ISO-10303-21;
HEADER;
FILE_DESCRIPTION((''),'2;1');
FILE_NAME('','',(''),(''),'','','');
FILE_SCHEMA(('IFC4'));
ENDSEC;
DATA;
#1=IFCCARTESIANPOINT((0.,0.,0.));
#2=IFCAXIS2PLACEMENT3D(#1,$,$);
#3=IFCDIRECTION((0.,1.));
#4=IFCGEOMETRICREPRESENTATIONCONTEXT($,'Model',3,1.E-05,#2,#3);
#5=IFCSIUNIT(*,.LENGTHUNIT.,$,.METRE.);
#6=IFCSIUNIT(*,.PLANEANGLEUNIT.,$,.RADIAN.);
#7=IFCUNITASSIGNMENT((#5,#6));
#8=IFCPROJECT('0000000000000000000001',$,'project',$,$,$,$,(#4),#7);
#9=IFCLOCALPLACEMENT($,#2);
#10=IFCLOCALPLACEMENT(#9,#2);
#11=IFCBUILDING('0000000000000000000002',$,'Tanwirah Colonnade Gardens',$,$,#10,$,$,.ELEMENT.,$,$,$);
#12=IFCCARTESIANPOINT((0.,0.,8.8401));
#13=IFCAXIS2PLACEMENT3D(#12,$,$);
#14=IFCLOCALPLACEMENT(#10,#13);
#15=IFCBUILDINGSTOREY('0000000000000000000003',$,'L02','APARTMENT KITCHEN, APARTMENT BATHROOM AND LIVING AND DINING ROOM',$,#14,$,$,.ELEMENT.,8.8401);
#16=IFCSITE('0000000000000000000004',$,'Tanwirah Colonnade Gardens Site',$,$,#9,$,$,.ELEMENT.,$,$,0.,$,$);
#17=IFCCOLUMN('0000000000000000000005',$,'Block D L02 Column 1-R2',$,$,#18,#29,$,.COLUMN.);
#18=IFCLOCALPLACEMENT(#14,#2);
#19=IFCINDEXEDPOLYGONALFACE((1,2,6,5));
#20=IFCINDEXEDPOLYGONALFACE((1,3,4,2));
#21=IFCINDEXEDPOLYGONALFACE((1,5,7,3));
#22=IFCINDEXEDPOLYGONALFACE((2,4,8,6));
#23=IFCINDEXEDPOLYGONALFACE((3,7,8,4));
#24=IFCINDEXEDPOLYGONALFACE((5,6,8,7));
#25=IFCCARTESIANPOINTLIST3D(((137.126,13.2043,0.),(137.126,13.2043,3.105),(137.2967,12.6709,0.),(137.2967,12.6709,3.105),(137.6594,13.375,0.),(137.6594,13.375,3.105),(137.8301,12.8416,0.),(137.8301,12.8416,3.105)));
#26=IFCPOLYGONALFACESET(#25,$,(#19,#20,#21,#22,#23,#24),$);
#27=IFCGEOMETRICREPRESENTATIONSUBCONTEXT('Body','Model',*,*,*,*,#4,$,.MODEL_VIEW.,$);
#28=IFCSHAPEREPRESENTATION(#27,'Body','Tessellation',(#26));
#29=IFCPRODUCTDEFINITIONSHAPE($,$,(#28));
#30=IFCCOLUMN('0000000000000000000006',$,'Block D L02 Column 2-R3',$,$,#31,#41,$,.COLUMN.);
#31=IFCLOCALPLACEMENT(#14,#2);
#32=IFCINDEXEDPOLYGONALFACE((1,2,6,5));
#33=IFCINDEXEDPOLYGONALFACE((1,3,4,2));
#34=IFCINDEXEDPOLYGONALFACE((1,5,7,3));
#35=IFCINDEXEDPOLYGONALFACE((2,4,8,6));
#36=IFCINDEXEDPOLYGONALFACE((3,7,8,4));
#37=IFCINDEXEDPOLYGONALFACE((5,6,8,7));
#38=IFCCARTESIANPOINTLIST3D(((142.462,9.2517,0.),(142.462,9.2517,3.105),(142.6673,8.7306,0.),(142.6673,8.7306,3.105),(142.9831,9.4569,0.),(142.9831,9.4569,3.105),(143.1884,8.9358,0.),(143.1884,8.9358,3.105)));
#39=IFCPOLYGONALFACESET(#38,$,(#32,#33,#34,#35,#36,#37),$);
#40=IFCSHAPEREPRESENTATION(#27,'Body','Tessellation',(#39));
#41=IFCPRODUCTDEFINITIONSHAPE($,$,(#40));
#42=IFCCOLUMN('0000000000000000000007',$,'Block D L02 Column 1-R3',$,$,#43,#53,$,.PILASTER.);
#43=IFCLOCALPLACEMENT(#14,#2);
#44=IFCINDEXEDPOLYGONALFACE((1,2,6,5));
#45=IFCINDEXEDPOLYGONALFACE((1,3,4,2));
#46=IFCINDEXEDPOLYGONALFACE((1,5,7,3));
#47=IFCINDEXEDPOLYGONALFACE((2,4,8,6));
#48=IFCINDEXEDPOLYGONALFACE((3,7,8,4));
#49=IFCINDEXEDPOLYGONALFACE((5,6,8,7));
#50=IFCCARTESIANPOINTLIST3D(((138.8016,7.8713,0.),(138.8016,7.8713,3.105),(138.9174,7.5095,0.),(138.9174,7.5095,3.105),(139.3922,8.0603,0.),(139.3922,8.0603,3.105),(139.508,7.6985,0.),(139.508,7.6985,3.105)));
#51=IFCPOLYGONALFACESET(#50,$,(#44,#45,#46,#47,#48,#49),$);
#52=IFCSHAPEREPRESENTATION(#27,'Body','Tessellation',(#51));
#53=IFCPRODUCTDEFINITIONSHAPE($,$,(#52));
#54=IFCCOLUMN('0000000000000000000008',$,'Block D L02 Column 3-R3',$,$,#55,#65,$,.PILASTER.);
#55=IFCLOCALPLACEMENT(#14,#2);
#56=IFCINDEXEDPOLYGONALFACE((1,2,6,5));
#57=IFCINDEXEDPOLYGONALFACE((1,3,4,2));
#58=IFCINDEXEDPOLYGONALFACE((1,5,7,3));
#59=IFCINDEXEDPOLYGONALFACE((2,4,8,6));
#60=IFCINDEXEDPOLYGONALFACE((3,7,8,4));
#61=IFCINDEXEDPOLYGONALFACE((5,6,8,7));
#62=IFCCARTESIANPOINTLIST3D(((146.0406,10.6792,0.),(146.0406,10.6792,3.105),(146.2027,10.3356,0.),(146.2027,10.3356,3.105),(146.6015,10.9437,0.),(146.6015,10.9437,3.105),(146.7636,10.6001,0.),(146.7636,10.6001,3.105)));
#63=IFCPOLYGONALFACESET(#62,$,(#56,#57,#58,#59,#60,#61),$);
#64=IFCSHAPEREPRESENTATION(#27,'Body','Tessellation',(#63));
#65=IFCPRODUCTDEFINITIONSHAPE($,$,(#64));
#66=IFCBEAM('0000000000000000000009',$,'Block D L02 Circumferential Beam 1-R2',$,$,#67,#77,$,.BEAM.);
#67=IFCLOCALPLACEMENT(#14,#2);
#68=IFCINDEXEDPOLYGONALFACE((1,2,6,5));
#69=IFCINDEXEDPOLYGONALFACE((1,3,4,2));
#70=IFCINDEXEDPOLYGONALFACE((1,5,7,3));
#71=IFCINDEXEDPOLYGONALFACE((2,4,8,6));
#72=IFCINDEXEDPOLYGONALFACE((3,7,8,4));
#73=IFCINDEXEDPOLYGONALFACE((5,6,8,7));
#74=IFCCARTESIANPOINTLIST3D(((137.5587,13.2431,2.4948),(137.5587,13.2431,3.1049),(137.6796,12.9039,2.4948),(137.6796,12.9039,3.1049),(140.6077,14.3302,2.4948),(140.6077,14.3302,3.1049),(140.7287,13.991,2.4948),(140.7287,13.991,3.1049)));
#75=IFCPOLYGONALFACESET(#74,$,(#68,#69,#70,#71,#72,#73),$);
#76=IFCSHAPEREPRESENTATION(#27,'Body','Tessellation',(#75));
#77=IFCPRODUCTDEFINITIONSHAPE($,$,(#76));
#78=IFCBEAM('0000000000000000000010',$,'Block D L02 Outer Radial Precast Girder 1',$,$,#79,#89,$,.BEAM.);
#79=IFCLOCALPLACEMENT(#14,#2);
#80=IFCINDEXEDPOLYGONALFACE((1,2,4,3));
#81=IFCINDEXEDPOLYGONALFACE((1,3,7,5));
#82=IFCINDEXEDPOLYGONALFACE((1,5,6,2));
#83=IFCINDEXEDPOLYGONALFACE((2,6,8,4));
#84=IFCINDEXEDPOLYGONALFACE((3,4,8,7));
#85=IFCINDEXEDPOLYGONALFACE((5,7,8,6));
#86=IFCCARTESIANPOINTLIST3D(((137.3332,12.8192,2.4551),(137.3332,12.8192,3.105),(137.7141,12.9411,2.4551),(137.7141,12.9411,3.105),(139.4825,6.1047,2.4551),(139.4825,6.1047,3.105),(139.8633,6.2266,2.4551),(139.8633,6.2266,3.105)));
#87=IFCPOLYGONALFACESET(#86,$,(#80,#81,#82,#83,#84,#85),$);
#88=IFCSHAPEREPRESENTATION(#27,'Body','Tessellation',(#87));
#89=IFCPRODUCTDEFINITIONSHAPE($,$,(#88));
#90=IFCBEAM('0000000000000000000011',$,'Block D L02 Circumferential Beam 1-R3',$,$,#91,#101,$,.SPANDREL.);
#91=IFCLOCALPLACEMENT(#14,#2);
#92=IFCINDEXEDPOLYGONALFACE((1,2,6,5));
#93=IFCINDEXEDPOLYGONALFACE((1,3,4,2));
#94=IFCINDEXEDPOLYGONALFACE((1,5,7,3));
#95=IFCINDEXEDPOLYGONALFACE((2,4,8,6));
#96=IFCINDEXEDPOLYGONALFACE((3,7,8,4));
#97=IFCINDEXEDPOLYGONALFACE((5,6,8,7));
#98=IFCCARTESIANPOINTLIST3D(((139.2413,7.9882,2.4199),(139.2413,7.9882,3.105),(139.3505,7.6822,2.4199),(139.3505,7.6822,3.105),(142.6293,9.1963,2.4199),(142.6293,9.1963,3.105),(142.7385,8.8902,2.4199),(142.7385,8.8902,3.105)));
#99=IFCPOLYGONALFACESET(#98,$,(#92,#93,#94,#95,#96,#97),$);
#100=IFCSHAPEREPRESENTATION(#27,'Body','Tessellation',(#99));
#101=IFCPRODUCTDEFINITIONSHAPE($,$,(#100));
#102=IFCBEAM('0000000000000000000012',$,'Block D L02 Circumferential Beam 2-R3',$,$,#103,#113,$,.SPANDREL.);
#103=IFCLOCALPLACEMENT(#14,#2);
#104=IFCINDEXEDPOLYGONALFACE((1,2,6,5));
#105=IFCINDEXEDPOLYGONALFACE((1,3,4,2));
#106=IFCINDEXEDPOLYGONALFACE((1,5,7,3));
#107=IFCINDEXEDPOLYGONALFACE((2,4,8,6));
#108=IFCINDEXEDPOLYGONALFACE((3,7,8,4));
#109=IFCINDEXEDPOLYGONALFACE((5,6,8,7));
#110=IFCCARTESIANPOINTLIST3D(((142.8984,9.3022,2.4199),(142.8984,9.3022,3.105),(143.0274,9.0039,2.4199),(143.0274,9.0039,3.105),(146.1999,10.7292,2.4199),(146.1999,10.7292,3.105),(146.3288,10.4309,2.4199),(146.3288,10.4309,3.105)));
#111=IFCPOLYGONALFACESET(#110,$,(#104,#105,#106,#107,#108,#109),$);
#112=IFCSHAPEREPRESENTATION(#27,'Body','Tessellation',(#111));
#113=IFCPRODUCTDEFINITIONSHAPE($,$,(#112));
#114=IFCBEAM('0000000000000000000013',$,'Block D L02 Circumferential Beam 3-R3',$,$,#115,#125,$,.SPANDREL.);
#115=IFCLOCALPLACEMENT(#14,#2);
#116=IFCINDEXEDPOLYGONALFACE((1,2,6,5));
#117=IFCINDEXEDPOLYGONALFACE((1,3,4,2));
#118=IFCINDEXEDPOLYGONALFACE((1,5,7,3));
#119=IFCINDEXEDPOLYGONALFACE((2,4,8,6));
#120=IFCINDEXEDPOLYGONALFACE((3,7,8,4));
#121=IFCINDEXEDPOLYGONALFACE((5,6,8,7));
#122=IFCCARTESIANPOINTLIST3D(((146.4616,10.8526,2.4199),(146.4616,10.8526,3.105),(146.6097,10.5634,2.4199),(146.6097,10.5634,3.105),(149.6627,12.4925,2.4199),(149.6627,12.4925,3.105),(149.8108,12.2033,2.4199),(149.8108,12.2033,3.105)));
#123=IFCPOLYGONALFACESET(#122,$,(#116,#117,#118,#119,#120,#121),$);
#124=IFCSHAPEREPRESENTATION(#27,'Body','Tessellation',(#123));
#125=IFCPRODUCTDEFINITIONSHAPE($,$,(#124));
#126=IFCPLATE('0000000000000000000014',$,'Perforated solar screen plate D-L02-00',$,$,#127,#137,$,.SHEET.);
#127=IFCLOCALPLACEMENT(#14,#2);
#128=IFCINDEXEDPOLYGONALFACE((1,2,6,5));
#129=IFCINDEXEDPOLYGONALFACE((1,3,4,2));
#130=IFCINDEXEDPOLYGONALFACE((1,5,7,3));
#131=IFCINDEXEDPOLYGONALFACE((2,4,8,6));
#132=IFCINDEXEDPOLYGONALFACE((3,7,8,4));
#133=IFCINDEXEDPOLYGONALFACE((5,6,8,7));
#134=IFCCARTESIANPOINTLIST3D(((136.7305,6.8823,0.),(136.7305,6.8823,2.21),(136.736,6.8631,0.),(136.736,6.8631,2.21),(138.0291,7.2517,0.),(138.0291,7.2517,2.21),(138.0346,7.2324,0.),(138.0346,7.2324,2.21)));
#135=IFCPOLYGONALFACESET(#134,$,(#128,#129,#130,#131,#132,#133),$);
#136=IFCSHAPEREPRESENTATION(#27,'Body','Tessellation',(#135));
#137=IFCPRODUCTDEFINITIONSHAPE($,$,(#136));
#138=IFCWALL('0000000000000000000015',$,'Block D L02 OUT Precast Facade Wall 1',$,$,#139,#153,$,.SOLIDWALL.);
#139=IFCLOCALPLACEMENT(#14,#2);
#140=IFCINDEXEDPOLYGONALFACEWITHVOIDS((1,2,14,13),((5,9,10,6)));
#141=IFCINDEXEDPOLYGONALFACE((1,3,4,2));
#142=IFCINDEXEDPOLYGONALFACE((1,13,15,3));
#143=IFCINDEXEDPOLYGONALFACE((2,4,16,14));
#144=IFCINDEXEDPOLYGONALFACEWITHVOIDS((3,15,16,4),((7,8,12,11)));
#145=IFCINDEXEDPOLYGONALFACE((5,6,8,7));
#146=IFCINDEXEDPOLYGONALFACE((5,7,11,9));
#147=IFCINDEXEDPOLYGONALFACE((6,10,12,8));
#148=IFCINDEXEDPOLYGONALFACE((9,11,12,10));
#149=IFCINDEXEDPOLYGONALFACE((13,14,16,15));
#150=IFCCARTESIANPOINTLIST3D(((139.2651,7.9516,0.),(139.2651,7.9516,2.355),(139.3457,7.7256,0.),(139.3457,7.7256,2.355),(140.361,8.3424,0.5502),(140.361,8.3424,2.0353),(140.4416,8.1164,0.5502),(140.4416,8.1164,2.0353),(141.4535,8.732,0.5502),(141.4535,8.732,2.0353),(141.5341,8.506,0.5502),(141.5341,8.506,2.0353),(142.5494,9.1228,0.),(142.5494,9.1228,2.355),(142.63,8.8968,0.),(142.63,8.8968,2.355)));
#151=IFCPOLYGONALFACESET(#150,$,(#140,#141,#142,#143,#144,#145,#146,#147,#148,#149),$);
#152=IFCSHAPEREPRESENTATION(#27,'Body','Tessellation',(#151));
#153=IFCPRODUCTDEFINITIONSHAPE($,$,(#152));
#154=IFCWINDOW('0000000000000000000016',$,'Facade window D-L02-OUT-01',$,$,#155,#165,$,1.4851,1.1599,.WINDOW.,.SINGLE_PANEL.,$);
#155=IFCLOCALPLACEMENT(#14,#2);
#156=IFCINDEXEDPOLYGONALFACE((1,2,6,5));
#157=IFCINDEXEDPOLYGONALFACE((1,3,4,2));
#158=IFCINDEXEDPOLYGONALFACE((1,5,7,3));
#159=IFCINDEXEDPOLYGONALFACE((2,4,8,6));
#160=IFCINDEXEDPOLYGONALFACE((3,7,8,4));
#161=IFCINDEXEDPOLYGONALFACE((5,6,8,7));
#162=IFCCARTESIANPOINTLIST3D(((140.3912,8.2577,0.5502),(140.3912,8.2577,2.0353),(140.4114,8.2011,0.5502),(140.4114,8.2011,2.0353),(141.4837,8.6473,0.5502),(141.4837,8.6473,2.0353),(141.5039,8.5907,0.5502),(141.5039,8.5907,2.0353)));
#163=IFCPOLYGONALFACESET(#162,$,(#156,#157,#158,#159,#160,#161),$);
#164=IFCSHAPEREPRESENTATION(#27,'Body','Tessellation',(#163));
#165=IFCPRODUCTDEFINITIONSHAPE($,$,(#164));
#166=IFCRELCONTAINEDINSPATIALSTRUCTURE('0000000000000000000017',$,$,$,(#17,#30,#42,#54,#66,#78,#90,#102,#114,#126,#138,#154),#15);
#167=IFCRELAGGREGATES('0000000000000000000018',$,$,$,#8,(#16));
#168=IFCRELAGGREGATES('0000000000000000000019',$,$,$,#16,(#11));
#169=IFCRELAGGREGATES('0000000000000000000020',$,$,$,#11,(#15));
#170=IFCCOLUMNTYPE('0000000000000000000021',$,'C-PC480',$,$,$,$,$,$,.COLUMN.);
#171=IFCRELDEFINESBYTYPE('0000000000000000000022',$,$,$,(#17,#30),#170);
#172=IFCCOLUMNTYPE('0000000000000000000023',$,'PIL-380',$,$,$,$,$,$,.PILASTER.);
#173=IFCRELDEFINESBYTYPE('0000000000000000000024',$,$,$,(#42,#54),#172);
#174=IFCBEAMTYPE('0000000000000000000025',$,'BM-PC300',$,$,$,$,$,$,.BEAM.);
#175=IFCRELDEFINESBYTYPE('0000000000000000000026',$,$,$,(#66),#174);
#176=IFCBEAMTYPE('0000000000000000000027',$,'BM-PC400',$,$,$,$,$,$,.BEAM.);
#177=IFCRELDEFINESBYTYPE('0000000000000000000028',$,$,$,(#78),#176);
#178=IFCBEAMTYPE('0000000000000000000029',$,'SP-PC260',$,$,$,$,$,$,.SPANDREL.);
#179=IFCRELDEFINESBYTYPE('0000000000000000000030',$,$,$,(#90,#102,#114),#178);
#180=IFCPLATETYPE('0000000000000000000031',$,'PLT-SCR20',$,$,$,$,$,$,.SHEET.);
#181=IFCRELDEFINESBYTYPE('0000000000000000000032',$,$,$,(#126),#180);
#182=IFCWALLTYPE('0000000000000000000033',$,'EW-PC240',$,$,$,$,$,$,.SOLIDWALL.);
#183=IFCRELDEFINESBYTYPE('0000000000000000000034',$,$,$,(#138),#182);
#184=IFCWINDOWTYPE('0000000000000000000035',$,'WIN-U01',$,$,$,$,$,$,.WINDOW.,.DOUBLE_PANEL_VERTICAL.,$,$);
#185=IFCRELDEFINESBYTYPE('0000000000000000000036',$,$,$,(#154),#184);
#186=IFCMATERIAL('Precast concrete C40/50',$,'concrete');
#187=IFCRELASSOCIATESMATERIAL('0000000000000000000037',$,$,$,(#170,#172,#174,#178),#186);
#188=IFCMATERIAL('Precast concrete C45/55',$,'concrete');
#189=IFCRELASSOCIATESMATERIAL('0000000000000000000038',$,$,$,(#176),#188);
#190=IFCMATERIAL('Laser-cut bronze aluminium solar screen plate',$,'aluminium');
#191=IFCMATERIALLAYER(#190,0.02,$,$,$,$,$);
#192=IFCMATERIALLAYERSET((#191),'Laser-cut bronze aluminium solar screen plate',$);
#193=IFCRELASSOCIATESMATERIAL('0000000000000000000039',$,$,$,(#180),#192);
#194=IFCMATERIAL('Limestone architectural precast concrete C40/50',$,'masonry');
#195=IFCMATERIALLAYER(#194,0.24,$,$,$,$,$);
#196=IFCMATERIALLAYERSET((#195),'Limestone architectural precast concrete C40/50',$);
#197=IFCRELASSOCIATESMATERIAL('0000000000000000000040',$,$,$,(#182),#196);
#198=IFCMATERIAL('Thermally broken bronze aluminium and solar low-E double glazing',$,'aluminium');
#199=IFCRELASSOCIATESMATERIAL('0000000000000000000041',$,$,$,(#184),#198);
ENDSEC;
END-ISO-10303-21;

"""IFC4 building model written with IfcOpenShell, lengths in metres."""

from ifc_helpers import new_model, si_unit, direction, frame, frame_2d, origin, origin_2d, place, context, subcontext, project, spatial, rectangle, extrude, material, layer, layer_set, material_profile, profile_set, type_object, element, fill, save


model = new_model("IFC4")

# Units and contexts
model_context = context("Model", 3, precision=1e-05, world=origin(), true_north=direction((0.0, 1.0)))
body_context = subcontext(model_context, "Body", "Model", "MODEL_VIEW")
ifc_project = project(units=[si_unit("LENGTHUNIT", "METRE"), si_unit("PLANEANGLEUNIT", "RADIAN")], contexts=[model_context])

# Site, building, storey
site_placement = place(None, origin())
site = spatial("IfcSite", under=ifc_project, at=site_placement, Name="Tanwirah Colonnade Gardens Site", CompositionType="ELEMENT", RefElevation=0.0)
building_placement = place(site_placement, origin())
building = spatial("IfcBuilding", under=site, at=building_placement, Name="Tanwirah Colonnade Gardens", CompositionType="ELEMENT")
storey_placement = place(building_placement, frame((0.0, 0.0, 8.8401)))
storey = spatial("IfcBuildingStorey", under=building, at=storey_placement, Name="L02", Description="APARTMENT KITCHEN, APARTMENT BATHROOM AND LIVING AND DINING ROOM", CompositionType="ELEMENT", Elevation=8.8401)

# Columns
ifc_material_1 = material(Name="Precast concrete C40/50", Category="concrete")
ifc_material_profile_1 = material_profile(ifc_material_1, rectangle(XDim=0.5601, YDim=0.5601, at=origin_2d()), Name="PC-COL 560x560")
ifc_profile_set_1 = profile_set([ifc_material_profile_1], Name="Precast concrete C40/50")
column_type_1 = type_object("IfcColumnType", Name="C-PC480", PredefinedType="COLUMN", material=ifc_profile_set_1)
for number, where, z_axis, x_axis, name in (
    (1, (137.478, 13.0229, 0.0), (0.0, 0.0, 1.0), (0.304864, -0.952396, 0.0), "Block D L02 Column 1-R2"),
    (2, (142.8252, 9.0938, 0.0), (0.0, 0.0, 1.0), (0.366501, -0.930418, 0.0), "Block D L02 Column 2-R3"),
):
    element("IfcColumn", number, at=place(storey_placement, frame(where, z_axis=z_axis, x_axis=x_axis)), inside=storey, type_object=column_type_1, Name=name, PredefinedType="COLUMN", context=body_context, shape_type="SweptSolid", body=[
        extrude(rectangle(XDim=0.5601, YDim=0.5601, at=origin_2d()), origin(), (0.0, 0.0, 1.0), 3.105),
    ])
ifc_material_profile_2 = material_profile(ifc_material_1, rectangle(XDim=0.3799, YDim=0.6201, at=origin_2d()), Name="PC-PIL 380x620")
ifc_profile_set_2 = profile_set([ifc_material_profile_2], Name="Precast concrete C40/50")
column_type_2 = type_object("IfcColumnType", Name="PIL-380", PredefinedType="PILASTER", material=ifc_profile_set_2)
for number, where, z_axis, x_axis, name in (
    (3, (139.1548, 7.7849, 0.0), (0.0, 0.0, 1.0), (0.304864, -0.952396, 0.0), "Block D L02 Column 1-R3"),
    (4, (146.4021, 10.6396, 0.0), (0.0, 0.0, 1.0), (0.426569, -0.904455, 0.0), "Block D L02 Column 3-R3"),
):
    element("IfcColumn", number, at=place(storey_placement, frame(where, z_axis=z_axis, x_axis=x_axis)), inside=storey, type_object=column_type_2, Name=name, PredefinedType="PILASTER", context=body_context, shape_type="SweptSolid", body=[
        extrude(rectangle(XDim=0.3799, YDim=0.6201, at=origin_2d()), origin(), (0.0, 0.0, 1.0), 3.105),
    ])

# Beams
ifc_material_profile_3 = material_profile(ifc_material_1, rectangle(XDim=0.3601, YDim=0.6101, at=origin_2d()), Name="PC-BM 360x610")
ifc_profile_set_3 = profile_set([ifc_material_profile_3], Name="Precast concrete C40/50")
beam_type_1 = type_object("IfcBeamType", Name="BM-PC300", PredefinedType="BEAM", material=ifc_profile_set_3)
beam_1_placement = place(storey_placement, frame((137.6191, 13.0735, 2.7998), z_axis=(0.941918, 0.335844, 0.0), x_axis=(-0.335844, 0.941918, 0.0)))
element("IfcBeam", 5, at=beam_1_placement, inside=storey, type_object=beam_type_1, Name="Block D L02 Circumferential Beam 1-R2", PredefinedType="BEAM", context=body_context, shape_type="SweptSolid", body=[
    extrude(rectangle(XDim=0.3601, YDim=0.6101, at=origin_2d()), origin(), (0.0, 0.0, 1.0), 3.2371),
])
ifc_material_2 = material(Name="Precast concrete C45/55", Category="concrete")
ifc_material_profile_4 = material_profile(ifc_material_2, rectangle(XDim=0.3999, YDim=0.6499, at=origin_2d()), Name="PC-BM 400x650")
ifc_profile_set_4 = profile_set([ifc_material_profile_4], Name="Precast concrete C45/55")
beam_type_2 = type_object("IfcBeamType", Name="BM-PC400", PredefinedType="BEAM", material=ifc_profile_set_4)
beam_2_placement = place(storey_placement, frame((137.5237, 12.8801, 2.78), z_axis=(0.30485, -0.9524, 0.0), x_axis=(0.9524, 0.30485, 0.0)))
element("IfcBeam", 6, at=beam_2_placement, inside=storey, type_object=beam_type_2, Name="Block D L02 Outer Radial Precast Girder 1", PredefinedType="BEAM", context=body_context, shape_type="SweptSolid", body=[
    extrude(rectangle(XDim=0.3999, YDim=0.6499, at=origin_2d()), origin(), (0.0, 0.0, 1.0), 7.05),
])
ifc_material_profile_5 = material_profile(ifc_material_1, rectangle(XDim=0.325, YDim=0.6851, at=origin_2d()), Name="PC-SP 325x685")
ifc_profile_set_5 = profile_set([ifc_material_profile_5], Name="Precast concrete C40/50")
beam_type_3 = type_object("IfcBeamType", Name="SP-PC260", PredefinedType="SPANDREL", material=ifc_profile_set_5)
beam_3_placement = place(storey_placement, frame((139.2959, 7.8352, 2.7625), z_axis=(0.941915, 0.33585, 0.0), x_axis=(-0.33585, 0.941915, 0.0)))
element("IfcBeam", 7, at=beam_3_placement, inside=storey, type_object=beam_type_3, Name="Block D L02 Circumferential Beam 1-R3", PredefinedType="SPANDREL", context=body_context, shape_type="SweptSolid", body=[
    extrude(rectangle(XDim=0.325, YDim=0.6851, at=origin_2d()), origin(), (0.0, 0.0, 1.0), 3.5969),
])
for number, where, z_axis, x_axis, name in (
    (8, (142.9629, 9.1531, 2.7625), (0.917926, 0.396752, 0.0), (-0.396752, 0.917926, 0.0), "Block D L02 Circumferential Beam 2-R3"),
    (9, (146.5356, 10.708, 2.7625), (0.890013, 0.455935, 0.0), (-0.455935, 0.890013, 0.0), "Block D L02 Circumferential Beam 3-R3"),
):
    element("IfcBeam", number, at=place(storey_placement, frame(where, z_axis=z_axis, x_axis=x_axis)), inside=storey, type_object=beam_type_3, Name=name, PredefinedType="SPANDREL", context=body_context, shape_type="SweptSolid", body=[
        extrude(rectangle(XDim=0.325, YDim=0.6851, at=origin_2d()), origin(), (0.0, 0.0, 1.0), 3.5967),
    ])

# Plate
ifc_material_3 = material(Name="Laser-cut bronze aluminium solar screen plate", Category="aluminium")
ifc_layer_1 = layer(ifc_material_3, 0.02)
ifc_layer_set_1 = layer_set([ifc_layer_1], Name="Laser-cut bronze aluminium solar screen plate")
plate_type = type_object("IfcPlateType", Name="PLT-SCR20", PredefinedType="SHEET", material=ifc_layer_set_1)
plate_placement = place(storey_placement, frame((137.3826, 7.0574, 0.0), z_axis=(0.0, 0.0, 1.0), x_axis=(0.961861, 0.273539, 0.0)))
element("IfcPlate", 10, at=plate_placement, inside=storey, type_object=plate_type, Name="Perforated solar screen plate D-L02-00", PredefinedType="SHEET", context=body_context, shape_type="SweptSolid", body=[
    extrude(rectangle(XDim=1.3501, YDim=0.02, at=origin_2d()), origin(), (0.0, 0.0, 1.0), 2.21),
])

# Wall, opening, window
ifc_material_4 = material(Name="Limestone architectural precast concrete C40/50", Category="masonry")
ifc_layer_2 = layer(ifc_material_4, 0.24)
ifc_layer_set_2 = layer_set([ifc_layer_2], Name="Limestone architectural precast concrete C40/50")
wall_type_1 = type_object("IfcWallType", Name="EW-PC240", PredefinedType="SOLIDWALL", material=ifc_layer_set_2)
wall_1_placement = place(storey_placement, frame((139.3054, 7.8386, 0.0), z_axis=(0.0, 0.0, 1.0), x_axis=(0.941903, 0.335884, 0.0)))
wall_1 = element("IfcWall", 11, at=wall_1_placement, inside=storey, type_object=wall_type_1, Name="Block D L02 OUT Precast Facade Wall 1", PredefinedType="SOLIDWALL", context=body_context, shape_type="SweptSolid", body=[
    extrude(rectangle(XDim=3.4868, YDim=0.24, at=frame_2d((1.7434, 0.0))), origin(), (0.0, 0.0, 1.0), 2.355),
])
opening_1_placement = place(wall_1_placement, frame((1.1633, 0.0, 0.55)))
opening_1 = element("IfcOpeningElement", 12, at=opening_1_placement, cuts=wall_1, PredefinedType="OPENING", context=body_context, shape_type="SweptSolid", body=[
    extrude(rectangle(XDim=1.1599, YDim=1.4851, at=frame_2d((0.5801, 0.7427))), frame((0.0, 0.1299, 0.0), z_axis=(0.0, -1.0, 0.0), x_axis=(1.0, 0.0, 0.0)), (0.0, 0.0, 1.0), 0.26),
])
ifc_material_5 = material(Name="Thermally broken bronze aluminium and solar low-E double glazing", Category="aluminium")
window_type_1 = type_object("IfcWindowType", Name="WIN-U01", PartitioningType="DOUBLE_PANEL_VERTICAL", PredefinedType="WINDOW", material=ifc_material_5)
window_1_placement = place(opening_1_placement, origin())
window_1 = element("IfcWindow", 13, at=window_1_placement, inside=storey, type_object=window_type_1, Name="Facade window D-L02-OUT-01", OverallHeight=1.4851, OverallWidth=1.1599, PartitioningType="SINGLE_PANEL", PredefinedType="WINDOW", context=body_context, shape_type="SweptSolid", body=[
    extrude(rectangle(XDim=1.1599, YDim=1.4851, at=frame_2d((0.5801, 0.7427))), frame((0.0, 0.03, 0.0), z_axis=(0.0, -1.0, 0.0), x_axis=(1.0, 0.0, 0.0)), (0.0, 0.0, 1.0), 0.0601),
])
fill(opening_1, window_1)

save(model, "model.ifc")
